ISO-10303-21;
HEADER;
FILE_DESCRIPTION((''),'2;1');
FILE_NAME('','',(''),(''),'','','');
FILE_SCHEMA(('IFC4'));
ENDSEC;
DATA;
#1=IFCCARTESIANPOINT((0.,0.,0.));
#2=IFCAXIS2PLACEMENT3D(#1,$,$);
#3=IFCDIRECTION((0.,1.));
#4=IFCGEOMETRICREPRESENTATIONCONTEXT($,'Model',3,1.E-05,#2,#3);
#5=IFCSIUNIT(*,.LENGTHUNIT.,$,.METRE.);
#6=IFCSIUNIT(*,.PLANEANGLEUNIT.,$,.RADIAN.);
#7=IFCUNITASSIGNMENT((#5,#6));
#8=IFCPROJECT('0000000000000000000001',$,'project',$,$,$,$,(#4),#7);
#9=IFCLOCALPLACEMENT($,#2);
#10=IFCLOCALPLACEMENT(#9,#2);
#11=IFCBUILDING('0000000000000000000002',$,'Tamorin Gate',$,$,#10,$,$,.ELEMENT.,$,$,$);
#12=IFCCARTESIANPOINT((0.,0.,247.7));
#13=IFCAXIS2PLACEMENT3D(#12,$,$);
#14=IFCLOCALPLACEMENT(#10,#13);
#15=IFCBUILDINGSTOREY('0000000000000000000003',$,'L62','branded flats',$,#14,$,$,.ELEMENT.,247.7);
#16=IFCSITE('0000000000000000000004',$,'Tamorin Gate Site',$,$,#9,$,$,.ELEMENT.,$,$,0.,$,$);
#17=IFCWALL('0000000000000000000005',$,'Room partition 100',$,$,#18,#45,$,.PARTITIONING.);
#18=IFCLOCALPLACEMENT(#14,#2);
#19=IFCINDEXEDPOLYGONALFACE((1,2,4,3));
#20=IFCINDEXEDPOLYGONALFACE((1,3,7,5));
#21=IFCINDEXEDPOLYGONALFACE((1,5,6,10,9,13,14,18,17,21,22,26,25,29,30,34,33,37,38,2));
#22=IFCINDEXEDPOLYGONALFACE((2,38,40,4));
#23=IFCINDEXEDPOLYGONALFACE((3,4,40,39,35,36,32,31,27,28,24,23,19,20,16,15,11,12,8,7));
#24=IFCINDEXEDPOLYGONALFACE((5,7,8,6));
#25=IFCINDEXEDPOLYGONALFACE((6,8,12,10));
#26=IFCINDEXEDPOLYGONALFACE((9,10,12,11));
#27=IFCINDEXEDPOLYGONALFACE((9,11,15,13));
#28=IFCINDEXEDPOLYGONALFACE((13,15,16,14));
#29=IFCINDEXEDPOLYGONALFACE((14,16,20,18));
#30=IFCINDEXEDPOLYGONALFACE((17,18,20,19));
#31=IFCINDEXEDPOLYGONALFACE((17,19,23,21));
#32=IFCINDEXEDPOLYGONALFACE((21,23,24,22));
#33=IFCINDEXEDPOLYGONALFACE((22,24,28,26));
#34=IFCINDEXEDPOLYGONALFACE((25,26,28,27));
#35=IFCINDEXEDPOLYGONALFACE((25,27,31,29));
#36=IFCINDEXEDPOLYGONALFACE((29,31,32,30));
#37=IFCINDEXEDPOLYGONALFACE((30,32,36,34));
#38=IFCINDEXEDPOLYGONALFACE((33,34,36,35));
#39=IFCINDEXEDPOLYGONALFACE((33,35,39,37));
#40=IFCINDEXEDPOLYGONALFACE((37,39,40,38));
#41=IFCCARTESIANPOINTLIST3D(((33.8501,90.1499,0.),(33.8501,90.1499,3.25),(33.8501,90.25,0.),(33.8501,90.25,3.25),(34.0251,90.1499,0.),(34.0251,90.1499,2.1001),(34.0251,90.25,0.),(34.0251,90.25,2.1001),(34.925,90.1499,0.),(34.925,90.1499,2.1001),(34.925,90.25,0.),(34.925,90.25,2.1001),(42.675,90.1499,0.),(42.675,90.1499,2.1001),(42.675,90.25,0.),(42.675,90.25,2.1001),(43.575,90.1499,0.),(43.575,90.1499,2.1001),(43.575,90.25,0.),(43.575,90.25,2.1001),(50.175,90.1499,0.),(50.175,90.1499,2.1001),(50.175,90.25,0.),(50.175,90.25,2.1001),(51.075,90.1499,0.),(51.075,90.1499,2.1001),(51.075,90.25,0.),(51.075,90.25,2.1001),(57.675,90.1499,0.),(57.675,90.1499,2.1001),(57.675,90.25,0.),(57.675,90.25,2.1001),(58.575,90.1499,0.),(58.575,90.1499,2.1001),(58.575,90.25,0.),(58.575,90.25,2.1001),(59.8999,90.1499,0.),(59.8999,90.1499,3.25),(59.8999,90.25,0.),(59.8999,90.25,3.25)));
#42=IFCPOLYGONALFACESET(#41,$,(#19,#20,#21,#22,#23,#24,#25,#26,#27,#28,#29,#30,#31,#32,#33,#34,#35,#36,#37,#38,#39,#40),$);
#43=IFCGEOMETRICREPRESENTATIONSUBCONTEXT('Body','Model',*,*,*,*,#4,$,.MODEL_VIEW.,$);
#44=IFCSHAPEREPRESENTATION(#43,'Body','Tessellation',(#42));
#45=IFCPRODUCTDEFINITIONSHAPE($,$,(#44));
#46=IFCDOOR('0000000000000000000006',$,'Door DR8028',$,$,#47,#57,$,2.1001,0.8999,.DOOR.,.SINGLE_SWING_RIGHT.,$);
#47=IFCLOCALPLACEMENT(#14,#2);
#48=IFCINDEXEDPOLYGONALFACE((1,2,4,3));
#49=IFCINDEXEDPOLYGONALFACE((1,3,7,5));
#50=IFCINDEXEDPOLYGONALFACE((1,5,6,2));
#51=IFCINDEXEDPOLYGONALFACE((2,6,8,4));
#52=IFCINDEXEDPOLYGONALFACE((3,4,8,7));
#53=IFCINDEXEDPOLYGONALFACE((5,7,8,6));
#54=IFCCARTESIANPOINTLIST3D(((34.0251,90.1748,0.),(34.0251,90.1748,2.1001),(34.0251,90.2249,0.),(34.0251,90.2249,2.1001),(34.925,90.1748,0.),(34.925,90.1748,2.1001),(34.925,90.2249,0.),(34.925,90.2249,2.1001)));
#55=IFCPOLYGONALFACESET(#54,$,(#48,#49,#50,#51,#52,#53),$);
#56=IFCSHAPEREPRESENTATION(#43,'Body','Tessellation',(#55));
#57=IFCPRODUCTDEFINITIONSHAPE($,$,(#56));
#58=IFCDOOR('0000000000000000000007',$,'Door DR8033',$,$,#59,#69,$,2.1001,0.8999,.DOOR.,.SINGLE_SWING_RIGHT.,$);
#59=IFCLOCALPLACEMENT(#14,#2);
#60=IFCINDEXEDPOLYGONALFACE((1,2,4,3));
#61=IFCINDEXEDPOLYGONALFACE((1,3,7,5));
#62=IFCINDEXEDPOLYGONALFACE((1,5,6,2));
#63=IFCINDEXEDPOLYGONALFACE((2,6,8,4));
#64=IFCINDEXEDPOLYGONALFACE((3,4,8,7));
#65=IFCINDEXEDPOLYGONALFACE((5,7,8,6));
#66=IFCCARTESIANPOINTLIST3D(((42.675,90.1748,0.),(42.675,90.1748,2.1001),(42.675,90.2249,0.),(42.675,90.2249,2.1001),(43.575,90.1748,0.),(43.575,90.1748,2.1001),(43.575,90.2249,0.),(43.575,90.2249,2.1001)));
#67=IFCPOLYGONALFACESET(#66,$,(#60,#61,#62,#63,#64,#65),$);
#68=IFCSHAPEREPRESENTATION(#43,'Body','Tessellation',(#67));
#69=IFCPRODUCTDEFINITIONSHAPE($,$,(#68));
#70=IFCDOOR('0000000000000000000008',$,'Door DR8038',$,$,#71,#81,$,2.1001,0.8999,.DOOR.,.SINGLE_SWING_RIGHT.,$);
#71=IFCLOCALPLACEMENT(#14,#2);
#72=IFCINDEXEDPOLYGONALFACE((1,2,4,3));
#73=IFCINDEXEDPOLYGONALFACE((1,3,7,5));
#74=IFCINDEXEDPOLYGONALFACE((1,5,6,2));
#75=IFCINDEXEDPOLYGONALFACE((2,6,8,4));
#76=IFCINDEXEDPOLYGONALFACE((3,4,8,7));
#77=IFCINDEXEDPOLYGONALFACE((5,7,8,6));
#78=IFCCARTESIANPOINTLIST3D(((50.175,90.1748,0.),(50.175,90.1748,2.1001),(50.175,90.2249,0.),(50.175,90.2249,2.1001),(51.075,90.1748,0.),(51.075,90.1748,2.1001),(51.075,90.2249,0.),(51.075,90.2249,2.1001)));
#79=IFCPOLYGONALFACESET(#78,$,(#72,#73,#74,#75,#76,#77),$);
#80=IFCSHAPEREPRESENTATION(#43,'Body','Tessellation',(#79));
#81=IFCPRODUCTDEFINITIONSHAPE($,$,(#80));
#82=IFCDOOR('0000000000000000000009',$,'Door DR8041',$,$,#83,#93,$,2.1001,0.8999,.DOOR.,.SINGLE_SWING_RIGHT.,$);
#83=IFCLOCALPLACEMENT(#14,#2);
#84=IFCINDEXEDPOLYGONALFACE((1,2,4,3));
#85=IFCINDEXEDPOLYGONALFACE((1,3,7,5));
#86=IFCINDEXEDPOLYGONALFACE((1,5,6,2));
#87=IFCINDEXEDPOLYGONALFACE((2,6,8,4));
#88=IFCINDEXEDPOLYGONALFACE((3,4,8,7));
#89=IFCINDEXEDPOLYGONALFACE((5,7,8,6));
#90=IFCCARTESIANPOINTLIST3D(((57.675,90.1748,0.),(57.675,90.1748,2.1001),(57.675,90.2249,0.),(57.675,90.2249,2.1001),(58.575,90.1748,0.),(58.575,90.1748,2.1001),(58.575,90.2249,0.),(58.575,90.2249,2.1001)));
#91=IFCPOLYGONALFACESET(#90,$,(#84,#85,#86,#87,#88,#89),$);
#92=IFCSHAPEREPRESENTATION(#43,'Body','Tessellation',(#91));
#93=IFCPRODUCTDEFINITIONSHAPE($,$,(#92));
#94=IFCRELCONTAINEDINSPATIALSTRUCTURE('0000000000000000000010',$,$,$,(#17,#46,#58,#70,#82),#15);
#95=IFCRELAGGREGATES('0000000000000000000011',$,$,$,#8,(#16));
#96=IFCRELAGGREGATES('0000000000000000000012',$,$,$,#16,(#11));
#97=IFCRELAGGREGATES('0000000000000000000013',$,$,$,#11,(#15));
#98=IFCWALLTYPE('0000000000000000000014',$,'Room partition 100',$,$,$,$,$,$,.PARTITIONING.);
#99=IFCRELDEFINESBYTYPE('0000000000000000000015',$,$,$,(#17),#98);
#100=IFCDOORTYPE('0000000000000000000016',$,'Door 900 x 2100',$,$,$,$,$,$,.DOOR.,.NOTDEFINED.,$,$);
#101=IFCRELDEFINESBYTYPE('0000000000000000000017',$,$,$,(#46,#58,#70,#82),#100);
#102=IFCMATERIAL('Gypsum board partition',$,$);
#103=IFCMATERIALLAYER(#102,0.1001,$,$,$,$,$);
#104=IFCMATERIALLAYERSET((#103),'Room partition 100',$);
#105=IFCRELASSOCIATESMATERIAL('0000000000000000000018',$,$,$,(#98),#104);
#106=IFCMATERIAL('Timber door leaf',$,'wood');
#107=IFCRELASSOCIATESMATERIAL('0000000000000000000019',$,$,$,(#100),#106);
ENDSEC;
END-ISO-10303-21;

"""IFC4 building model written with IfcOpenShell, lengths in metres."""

from ifc_helpers import new_model, si_unit, direction, frame, frame_2d, origin, place, context, subcontext, project, spatial, rectangle, extrude, material, layer, layer_set, type_object, element, fill, save


model = new_model("IFC4")

# Units and contexts
model_context = context("Model", 3, precision=1e-05, world=origin(), true_north=direction((0.0, 1.0)))
body_context = subcontext(model_context, "Body", "Model", "MODEL_VIEW")
ifc_project = project(units=[si_unit("LENGTHUNIT", "METRE"), si_unit("PLANEANGLEUNIT", "RADIAN")], contexts=[model_context])

# Site, building, storey
site_placement = place(None, origin())
site = spatial("IfcSite", under=ifc_project, at=site_placement, Name="Tamorin Gate Site", CompositionType="ELEMENT", RefElevation=0.0)
building_placement = place(site_placement, origin())
building = spatial("IfcBuilding", under=site, at=building_placement, Name="Tamorin Gate", CompositionType="ELEMENT")
storey_placement = place(building_placement, frame((0.0, 0.0, 247.7)))
storey = spatial("IfcBuildingStorey", under=building, at=storey_placement, Name="L62", Description="branded flats", CompositionType="ELEMENT", Elevation=247.7)

# Wall, openings, doors
ifc_material_1 = material(Name="Gypsum board partition")
ifc_layer_1 = layer(ifc_material_1, 0.1001)
ifc_layer_set_1 = layer_set([ifc_layer_1], Name="Room partition 100")
wall_type_1 = type_object("IfcWallType", Name="Room partition 100", PredefinedType="PARTITIONING", material=ifc_layer_set_1)
wall_1_placement = place(storey_placement, frame((33.8501, 90.2, 0.0), z_axis=(0.0, 0.0, 1.0), x_axis=(1.0, 0.0, 0.0)))
wall_1 = element("IfcWall", 1, at=wall_1_placement, inside=storey, type_object=wall_type_1, Name="Room partition 100", PredefinedType="PARTITIONING", context=body_context, shape_type="SweptSolid", body=[
    extrude(rectangle(XDim=26.0498, YDim=0.1001, at=frame_2d((13.0249, 0.0))), origin(), (0.0, 0.0, 1.0), 3.25),
])
opening_1_placement = place(wall_1_placement, frame((0.175, 0.0, 0.0)))
opening_1 = element("IfcOpeningElement", 2, at=opening_1_placement, cuts=wall_1, PredefinedType="OPENING", context=body_context, shape_type="SweptSolid", body=[
    extrude(rectangle(XDim=0.8999, YDim=2.1001, at=frame_2d((0.45, 1.05))), frame((0.0, 0.0601, 0.0), z_axis=(0.0, -1.0, 0.0), x_axis=(1.0, 0.0, 0.0)), (0.0, 0.0, 1.0), 0.1201),
])
opening_2_placement = place(wall_1_placement, frame((8.825, 0.0, 0.0)))
opening_2 = element("IfcOpeningElement", 3, at=opening_2_placement, cuts=wall_1, PredefinedType="OPENING", context=body_context, shape_type="SweptSolid", body=[
    extrude(rectangle(XDim=0.8999, YDim=2.1001, at=frame_2d((0.45, 1.05))), frame((0.0, 0.0601, 0.0), z_axis=(0.0, -1.0, 0.0), x_axis=(1.0, 0.0, 0.0)), (0.0, 0.0, 1.0), 0.1201),
])
opening_3_placement = place(wall_1_placement, frame((16.325, 0.0, 0.0)))
opening_3 = element("IfcOpeningElement", 4, at=opening_3_placement, cuts=wall_1, PredefinedType="OPENING", context=body_context, shape_type="SweptSolid", body=[
    extrude(rectangle(XDim=0.8999, YDim=2.1001, at=frame_2d((0.45, 1.05))), frame((0.0, 0.0601, 0.0), z_axis=(0.0, -1.0, 0.0), x_axis=(1.0, 0.0, 0.0)), (0.0, 0.0, 1.0), 0.1201),
])
opening_4_placement = place(wall_1_placement, frame((23.825, 0.0, 0.0)))
opening_4 = element("IfcOpeningElement", 5, at=opening_4_placement, cuts=wall_1, PredefinedType="OPENING", context=body_context, shape_type="SweptSolid", body=[
    extrude(rectangle(XDim=0.8999, YDim=2.1001, at=frame_2d((0.45, 1.05))), frame((0.0, 0.0601, 0.0), z_axis=(0.0, -1.0, 0.0), x_axis=(1.0, 0.0, 0.0)), (0.0, 0.0, 1.0), 0.1201),
])
ifc_material_2 = material(Name="Timber door leaf", Category="wood")
door_type = type_object("IfcDoorType", Name="Door 900 x 2100", OperationType="NOTDEFINED", PredefinedType="DOOR", material=ifc_material_2)
door_1_placement = place(opening_1_placement, origin())
door_1 = element("IfcDoor", 6, at=door_1_placement, inside=storey, type_object=door_type, Name="Door DR8028", OperationType="SINGLE_SWING_RIGHT", OverallHeight=2.1001, OverallWidth=0.8999, PredefinedType="DOOR", context=body_context, shape_type="SweptSolid", body=[
    extrude(rectangle(XDim=0.8999, YDim=2.1001, at=frame_2d((0.45, 1.05))), frame((0.0, 0.0249, 0.0), z_axis=(0.0, -1.0, 0.0), x_axis=(1.0, 0.0, 0.0)), (0.0, 0.0, 1.0), 0.05),
])
fill(opening_1, door_1)
door_2_placement = place(opening_2_placement, origin())
door_2 = element("IfcDoor", 7, at=door_2_placement, inside=storey, type_object=door_type, Name="Door DR8033", OperationType="SINGLE_SWING_RIGHT", OverallHeight=2.1001, OverallWidth=0.8999, PredefinedType="DOOR", context=body_context, shape_type="SweptSolid", body=[
    extrude(rectangle(XDim=0.8999, YDim=2.1001, at=frame_2d((0.45, 1.05))), frame((0.0, 0.0249, 0.0), z_axis=(0.0, -1.0, 0.0), x_axis=(1.0, 0.0, 0.0)), (0.0, 0.0, 1.0), 0.05),
])
fill(opening_2, door_2)
door_3_placement = place(opening_3_placement, origin())
door_3 = element("IfcDoor", 8, at=door_3_placement, inside=storey, type_object=door_type, Name="Door DR8038", OperationType="SINGLE_SWING_RIGHT", OverallHeight=2.1001, OverallWidth=0.8999, PredefinedType="DOOR", context=body_context, shape_type="SweptSolid", body=[
    extrude(rectangle(XDim=0.8999, YDim=2.1001, at=frame_2d((0.45, 1.05))), frame((0.0, 0.0249, 0.0), z_axis=(0.0, -1.0, 0.0), x_axis=(1.0, 0.0, 0.0)), (0.0, 0.0, 1.0), 0.05),
])
fill(opening_3, door_3)
door_4_placement = place(opening_4_placement, origin())
door_4 = element("IfcDoor", 9, at=door_4_placement, inside=storey, type_object=door_type, Name="Door DR8041", OperationType="SINGLE_SWING_RIGHT", OverallHeight=2.1001, OverallWidth=0.8999, PredefinedType="DOOR", context=body_context, shape_type="SweptSolid", body=[
    extrude(rectangle(XDim=0.8999, YDim=2.1001, at=frame_2d((0.45, 1.05))), frame((0.0, 0.0249, 0.0), z_axis=(0.0, -1.0, 0.0), x_axis=(1.0, 0.0, 0.0)), (0.0, 0.0, 1.0), 0.05),
])
fill(opening_4, door_4)

save(model, "model.ifc")
